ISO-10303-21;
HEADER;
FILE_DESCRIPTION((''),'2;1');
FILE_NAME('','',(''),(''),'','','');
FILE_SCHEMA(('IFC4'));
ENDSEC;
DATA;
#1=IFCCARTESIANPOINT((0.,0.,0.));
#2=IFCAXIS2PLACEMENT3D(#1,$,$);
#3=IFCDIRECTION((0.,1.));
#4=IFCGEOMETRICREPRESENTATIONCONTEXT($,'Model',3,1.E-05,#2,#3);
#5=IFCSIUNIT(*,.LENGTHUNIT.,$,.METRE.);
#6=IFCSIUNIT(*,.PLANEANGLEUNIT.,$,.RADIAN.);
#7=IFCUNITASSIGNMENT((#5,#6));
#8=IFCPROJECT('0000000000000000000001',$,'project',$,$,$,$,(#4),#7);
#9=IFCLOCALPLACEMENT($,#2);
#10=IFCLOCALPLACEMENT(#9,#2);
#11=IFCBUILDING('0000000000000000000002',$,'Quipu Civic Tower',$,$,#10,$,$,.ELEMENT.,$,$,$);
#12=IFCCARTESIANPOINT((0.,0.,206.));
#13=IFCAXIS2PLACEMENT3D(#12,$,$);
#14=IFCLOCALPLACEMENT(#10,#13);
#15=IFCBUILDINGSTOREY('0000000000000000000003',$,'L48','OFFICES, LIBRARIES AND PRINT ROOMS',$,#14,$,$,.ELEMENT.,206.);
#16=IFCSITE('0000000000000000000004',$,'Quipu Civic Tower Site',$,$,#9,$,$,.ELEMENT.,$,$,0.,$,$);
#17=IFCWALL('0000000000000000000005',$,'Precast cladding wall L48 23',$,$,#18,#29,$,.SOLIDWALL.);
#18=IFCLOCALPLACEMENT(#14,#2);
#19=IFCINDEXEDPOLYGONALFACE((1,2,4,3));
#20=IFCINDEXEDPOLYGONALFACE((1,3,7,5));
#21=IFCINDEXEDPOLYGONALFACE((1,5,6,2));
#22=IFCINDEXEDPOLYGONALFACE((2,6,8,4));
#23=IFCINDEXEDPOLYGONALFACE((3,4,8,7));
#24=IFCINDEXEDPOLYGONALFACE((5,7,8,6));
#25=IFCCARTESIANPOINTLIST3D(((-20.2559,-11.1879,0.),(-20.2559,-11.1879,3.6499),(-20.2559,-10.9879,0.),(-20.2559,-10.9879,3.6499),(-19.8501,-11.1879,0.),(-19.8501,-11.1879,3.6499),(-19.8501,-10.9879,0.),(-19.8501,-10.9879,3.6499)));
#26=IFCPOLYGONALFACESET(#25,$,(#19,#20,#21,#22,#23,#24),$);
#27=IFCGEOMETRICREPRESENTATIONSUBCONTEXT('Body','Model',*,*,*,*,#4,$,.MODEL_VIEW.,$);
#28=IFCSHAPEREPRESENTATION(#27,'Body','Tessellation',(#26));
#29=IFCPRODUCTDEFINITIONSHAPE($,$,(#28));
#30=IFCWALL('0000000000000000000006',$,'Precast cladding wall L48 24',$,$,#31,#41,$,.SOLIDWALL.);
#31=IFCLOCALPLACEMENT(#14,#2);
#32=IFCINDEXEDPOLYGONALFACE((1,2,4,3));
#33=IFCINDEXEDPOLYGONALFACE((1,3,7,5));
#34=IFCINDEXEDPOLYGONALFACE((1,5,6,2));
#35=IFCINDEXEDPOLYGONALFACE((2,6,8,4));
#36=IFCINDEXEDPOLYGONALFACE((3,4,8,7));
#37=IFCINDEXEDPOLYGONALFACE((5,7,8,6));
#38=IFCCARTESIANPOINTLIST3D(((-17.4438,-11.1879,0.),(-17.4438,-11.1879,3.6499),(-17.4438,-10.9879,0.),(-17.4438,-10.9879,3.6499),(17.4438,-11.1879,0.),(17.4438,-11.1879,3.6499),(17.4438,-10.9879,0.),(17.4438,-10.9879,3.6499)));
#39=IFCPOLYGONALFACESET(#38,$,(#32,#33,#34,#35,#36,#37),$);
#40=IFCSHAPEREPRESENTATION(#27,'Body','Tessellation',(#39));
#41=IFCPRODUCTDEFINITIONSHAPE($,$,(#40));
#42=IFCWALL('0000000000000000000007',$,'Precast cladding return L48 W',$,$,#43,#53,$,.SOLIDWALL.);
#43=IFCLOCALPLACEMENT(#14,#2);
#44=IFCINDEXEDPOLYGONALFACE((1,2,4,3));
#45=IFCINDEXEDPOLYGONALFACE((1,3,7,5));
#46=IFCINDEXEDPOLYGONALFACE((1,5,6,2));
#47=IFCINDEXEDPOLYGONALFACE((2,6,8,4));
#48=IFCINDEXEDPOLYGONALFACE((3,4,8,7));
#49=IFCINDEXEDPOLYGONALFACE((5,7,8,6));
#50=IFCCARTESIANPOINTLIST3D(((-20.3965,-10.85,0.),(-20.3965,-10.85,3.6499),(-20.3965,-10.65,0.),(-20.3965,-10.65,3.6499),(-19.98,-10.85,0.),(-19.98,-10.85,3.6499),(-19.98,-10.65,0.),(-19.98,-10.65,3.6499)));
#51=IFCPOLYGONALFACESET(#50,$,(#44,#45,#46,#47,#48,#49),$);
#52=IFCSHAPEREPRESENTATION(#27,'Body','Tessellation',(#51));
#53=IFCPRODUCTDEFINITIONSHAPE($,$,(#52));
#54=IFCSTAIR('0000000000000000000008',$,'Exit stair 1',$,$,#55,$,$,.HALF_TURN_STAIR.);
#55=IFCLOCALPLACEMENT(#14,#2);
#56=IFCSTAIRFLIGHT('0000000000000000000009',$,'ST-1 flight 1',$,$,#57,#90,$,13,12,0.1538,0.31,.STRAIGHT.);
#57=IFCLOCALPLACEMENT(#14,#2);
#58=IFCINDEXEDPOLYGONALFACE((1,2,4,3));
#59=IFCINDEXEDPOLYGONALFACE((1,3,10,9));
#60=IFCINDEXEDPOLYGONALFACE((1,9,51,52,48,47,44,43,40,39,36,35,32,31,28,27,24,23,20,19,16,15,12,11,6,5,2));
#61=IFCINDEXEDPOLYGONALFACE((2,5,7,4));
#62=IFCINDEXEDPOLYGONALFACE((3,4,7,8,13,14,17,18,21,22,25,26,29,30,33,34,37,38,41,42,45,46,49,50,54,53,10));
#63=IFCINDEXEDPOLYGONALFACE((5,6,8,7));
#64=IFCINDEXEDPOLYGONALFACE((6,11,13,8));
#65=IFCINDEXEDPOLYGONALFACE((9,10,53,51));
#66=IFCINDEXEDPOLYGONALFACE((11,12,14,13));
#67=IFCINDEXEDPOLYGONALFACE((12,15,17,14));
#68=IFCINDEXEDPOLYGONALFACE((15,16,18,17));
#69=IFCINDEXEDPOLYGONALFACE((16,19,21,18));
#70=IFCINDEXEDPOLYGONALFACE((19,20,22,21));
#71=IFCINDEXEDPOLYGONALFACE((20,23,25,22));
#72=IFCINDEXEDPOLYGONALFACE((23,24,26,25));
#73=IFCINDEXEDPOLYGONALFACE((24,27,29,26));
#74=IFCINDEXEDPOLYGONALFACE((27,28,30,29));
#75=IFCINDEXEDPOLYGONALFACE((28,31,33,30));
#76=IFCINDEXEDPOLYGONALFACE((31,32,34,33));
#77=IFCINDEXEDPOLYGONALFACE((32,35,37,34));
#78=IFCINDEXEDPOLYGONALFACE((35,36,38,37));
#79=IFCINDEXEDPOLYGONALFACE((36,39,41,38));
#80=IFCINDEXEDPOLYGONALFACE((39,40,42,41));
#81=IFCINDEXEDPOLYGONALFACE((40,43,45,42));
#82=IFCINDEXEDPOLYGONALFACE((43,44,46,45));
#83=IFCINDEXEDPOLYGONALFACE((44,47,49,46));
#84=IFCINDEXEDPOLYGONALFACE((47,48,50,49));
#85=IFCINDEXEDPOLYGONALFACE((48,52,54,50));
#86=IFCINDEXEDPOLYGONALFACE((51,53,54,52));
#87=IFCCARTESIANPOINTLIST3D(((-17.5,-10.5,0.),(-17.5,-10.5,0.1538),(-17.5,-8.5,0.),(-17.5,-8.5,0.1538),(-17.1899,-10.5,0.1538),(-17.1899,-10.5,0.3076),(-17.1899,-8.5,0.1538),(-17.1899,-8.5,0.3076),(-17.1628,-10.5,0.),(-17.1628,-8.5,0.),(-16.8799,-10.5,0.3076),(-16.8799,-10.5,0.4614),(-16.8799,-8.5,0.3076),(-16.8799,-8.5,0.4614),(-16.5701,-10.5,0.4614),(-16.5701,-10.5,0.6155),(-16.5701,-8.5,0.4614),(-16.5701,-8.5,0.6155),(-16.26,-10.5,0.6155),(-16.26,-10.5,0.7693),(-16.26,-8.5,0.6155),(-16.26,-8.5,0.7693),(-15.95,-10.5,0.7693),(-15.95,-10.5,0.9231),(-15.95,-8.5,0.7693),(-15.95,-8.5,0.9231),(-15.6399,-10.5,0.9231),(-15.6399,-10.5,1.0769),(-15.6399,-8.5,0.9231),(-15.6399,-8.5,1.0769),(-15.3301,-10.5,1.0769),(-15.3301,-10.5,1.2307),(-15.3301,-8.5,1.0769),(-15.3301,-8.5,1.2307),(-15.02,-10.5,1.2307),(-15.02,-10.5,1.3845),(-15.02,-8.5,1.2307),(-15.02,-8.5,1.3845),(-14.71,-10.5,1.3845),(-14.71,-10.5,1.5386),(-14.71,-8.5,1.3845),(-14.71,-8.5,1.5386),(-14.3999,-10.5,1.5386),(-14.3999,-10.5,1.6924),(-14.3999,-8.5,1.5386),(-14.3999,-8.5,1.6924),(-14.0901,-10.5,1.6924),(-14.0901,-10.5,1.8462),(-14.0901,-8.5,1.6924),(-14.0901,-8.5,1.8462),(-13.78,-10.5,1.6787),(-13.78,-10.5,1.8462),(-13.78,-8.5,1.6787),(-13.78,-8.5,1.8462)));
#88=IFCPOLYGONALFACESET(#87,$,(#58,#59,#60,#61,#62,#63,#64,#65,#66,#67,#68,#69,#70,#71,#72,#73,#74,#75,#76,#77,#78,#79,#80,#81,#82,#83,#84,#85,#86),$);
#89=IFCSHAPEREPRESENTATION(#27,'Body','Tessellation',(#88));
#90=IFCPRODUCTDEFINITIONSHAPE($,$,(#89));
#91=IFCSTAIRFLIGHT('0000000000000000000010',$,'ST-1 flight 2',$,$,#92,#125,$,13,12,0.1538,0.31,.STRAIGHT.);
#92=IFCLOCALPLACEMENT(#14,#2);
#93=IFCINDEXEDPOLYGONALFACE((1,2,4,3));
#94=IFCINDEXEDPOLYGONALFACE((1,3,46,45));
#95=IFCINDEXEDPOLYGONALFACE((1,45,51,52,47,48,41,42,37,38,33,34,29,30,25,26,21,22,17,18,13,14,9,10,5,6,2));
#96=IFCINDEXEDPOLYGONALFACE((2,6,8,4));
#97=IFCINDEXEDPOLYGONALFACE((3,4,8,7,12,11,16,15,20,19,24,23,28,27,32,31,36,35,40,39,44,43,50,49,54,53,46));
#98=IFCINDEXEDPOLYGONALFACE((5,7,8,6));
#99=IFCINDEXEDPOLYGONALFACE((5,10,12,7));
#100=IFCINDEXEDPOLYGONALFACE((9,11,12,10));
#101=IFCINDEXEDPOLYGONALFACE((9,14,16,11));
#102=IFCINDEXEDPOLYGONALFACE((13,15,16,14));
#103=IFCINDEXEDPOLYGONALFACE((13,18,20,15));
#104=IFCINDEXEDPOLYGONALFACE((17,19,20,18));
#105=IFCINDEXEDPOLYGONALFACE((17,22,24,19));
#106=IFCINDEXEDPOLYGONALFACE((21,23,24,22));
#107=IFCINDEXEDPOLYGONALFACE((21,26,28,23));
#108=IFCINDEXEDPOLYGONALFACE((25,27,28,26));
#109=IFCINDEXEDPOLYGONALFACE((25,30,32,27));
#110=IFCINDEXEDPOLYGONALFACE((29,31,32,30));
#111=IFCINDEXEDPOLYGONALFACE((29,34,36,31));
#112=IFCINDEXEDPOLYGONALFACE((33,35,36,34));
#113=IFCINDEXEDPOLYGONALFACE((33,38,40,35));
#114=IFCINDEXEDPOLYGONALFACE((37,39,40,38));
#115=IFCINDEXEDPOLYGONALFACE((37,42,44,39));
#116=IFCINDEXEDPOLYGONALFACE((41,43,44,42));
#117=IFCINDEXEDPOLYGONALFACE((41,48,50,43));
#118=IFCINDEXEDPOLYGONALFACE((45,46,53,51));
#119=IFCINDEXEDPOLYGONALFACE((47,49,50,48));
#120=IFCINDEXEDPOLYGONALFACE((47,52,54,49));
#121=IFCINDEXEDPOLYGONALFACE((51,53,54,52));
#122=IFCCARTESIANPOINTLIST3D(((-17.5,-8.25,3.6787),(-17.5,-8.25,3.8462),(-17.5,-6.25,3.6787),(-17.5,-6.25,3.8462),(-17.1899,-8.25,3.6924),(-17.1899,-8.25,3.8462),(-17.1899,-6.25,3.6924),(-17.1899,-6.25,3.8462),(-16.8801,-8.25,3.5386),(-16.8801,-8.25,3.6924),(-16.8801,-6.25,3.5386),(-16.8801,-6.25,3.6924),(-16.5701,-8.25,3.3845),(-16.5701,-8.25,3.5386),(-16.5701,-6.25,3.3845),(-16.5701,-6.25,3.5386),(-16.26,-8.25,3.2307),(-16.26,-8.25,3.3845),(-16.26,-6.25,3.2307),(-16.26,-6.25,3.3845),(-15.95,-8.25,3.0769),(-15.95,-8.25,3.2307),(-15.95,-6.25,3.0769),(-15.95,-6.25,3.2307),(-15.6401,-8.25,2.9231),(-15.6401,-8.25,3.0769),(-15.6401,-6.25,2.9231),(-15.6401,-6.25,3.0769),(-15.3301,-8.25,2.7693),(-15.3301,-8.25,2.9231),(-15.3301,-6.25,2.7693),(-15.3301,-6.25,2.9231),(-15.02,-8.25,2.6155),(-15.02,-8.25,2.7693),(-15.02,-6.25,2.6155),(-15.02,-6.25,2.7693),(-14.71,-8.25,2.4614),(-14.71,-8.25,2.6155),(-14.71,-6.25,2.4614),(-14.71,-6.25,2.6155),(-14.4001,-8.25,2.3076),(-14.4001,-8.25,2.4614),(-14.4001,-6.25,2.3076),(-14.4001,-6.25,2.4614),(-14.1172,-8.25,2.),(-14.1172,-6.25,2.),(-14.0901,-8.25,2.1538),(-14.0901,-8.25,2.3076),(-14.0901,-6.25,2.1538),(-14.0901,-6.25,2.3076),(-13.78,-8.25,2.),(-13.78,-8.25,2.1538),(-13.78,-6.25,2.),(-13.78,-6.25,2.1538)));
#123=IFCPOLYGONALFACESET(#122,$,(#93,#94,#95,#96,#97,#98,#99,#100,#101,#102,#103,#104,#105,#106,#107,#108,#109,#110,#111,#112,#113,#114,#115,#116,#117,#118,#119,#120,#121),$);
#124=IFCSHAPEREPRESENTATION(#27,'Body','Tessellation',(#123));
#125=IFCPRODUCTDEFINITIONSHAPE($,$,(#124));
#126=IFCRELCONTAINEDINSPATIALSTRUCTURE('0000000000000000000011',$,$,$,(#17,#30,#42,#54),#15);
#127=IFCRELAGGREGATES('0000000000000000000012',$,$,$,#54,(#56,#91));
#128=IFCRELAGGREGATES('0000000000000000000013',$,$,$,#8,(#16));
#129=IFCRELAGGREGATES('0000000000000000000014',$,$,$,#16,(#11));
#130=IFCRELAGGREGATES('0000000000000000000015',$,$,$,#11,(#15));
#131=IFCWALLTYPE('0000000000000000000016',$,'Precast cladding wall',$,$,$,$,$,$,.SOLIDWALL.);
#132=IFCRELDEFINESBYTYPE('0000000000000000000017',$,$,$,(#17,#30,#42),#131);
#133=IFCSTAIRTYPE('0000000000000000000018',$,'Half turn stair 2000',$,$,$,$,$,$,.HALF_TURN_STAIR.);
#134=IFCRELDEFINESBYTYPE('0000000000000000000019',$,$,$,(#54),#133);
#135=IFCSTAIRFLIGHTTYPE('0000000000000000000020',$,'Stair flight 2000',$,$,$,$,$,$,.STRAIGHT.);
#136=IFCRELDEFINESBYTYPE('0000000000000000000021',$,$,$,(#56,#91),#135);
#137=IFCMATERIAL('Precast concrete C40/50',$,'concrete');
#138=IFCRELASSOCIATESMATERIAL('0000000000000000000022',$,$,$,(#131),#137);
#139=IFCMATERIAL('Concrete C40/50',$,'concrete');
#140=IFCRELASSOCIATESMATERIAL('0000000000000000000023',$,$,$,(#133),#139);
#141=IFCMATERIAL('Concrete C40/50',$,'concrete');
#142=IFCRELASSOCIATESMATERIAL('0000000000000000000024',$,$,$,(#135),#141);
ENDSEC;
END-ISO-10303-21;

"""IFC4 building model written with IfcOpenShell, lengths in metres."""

from ifc_helpers import new_model, si_unit, direction, frame, frame_2d, origin, place, context, subcontext, project, spatial, polyline, rectangle, outline, extrude, material, type_object, element, aggregate, save


model = new_model("IFC4")

# Units and contexts
model_context = context("Model", 3, precision=1e-05, world=origin(), true_north=direction((0.0, 1.0)))
body_context = subcontext(model_context, "Body", "Model", "MODEL_VIEW")
ifc_project = project(units=[si_unit("LENGTHUNIT", "METRE"), si_unit("PLANEANGLEUNIT", "RADIAN")], contexts=[model_context])

# Site, building, storey
site_placement = place(None, origin())
site = spatial("IfcSite", under=ifc_project, at=site_placement, Name="Quipu Civic Tower Site", CompositionType="ELEMENT", RefElevation=0.0)
building_placement = place(site_placement, origin())
building = spatial("IfcBuilding", under=site, at=building_placement, Name="Quipu Civic Tower", CompositionType="ELEMENT")
storey_placement = place(building_placement, frame((0.0, 0.0, 206.0)))
storey = spatial("IfcBuildingStorey", under=building, at=storey_placement, Name="L48", Description="OFFICES, LIBRARIES AND PRINT ROOMS", CompositionType="ELEMENT", Elevation=206.0)

# Walls
ifc_material_1 = material(Name="Precast concrete C40/50", Category="concrete")
wall_type_1 = type_object("IfcWallType", Name="Precast cladding wall", PredefinedType="SOLIDWALL", material=ifc_material_1)
wall_1_placement = place(storey_placement, frame((-20.2559, -11.0879, 0.0), z_axis=(0.0, 0.0, 1.0), x_axis=(1.0, 0.0, 0.0)))
element("IfcWall", 1, at=wall_1_placement, inside=storey, type_object=wall_type_1, Name="Precast cladding wall L48 23", PredefinedType="SOLIDWALL", context=body_context, shape_type="SweptSolid", body=[
    extrude(rectangle(XDim=0.4058, YDim=0.2, at=frame_2d((0.2029, 0.0))), origin(), (0.0, 0.0, 1.0), 3.6499),
])
wall_2_placement = place(storey_placement, frame((-17.4438, -11.0879, 0.0), z_axis=(0.0, 0.0, 1.0), x_axis=(1.0, 0.0, 0.0)))
element("IfcWall", 2, at=wall_2_placement, inside=storey, type_object=wall_type_1, Name="Precast cladding wall L48 24", PredefinedType="SOLIDWALL", context=body_context, shape_type="SweptSolid", body=[
    extrude(rectangle(XDim=34.8877, YDim=0.2, at=frame_2d((17.4438, 0.0))), origin(), (0.0, 0.0, 1.0), 3.6499),
])
wall_3_placement = place(storey_placement, frame((-19.98, -10.75, 0.0), z_axis=(0.0, 0.0, 1.0), x_axis=(-1.0, 0.0, 0.0)))
element("IfcWall", 3, at=wall_3_placement, inside=storey, type_object=wall_type_1, Name="Precast cladding return L48 W", PredefinedType="SOLIDWALL", context=body_context, shape_type="SweptSolid", body=[
    extrude(rectangle(XDim=0.4165, YDim=0.2, at=frame_2d((0.2083, 0.0))), origin(), (0.0, 0.0, 1.0), 3.6499),
])

# Stair, stair flights
ifc_material_2 = material(Name="Concrete C40/50", Category="concrete")
stair_type = type_object("IfcStairType", Name="Half turn stair 2000", PredefinedType="HALF_TURN_STAIR", material=ifc_material_2)
stair_placement = place(storey_placement, origin())
stair = element("IfcStair", 4, at=stair_placement, inside=storey, type_object=stair_type, Name="Exit stair 1", PredefinedType="HALF_TURN_STAIR")
ifc_material_3 = material(Name="Concrete C40/50", Category="concrete")
stair_flight_type = type_object("IfcStairFlightType", Name="Stair flight 2000", PredefinedType="STRAIGHT", material=ifc_material_3)
stair_flight_1_placement = place(storey_placement, frame((-17.5, -9.5, 0.0), z_axis=(0.0, 0.0, 1.0), x_axis=(1.0, 0.0, 0.0)))
stair_flight_1 = element("IfcStairFlight", 5, at=stair_flight_1_placement, type_object=stair_flight_type, Name="ST-1 flight 1", NumberOfRisers=13, NumberOfTreads=12, PredefinedType="STRAIGHT", RiserHeight=0.1538, TreadLength=0.31, context=body_context, shape_type="SweptSolid", body=[
    extrude(outline(polyline([(0.0, 0.0), (0.0, 0.1538), (0.3101, 0.1538), (0.3101, 0.3076), (0.6201, 0.3076), (0.6201, 0.4614), (0.9299, 0.4614), (0.9299, 0.6155), (1.24, 0.6155), (1.24, 0.7693), (1.55, 0.7693), (1.55, 0.9231), (1.8601, 0.9231), (1.8601, 1.0769), (2.1699, 1.0769), (2.1699, 1.2307), (2.48, 1.2307), (2.48, 1.3845), (2.79, 1.3845), (2.79, 1.5386), (3.1001, 1.5386), (3.1001, 1.6924), (3.4099, 1.6924), (3.4099, 1.8462), (3.72, 1.8462), (3.72, 2.0), (3.72, 1.6787), (0.3372, 0.0), (0.0, 0.0)])), frame((0.0, 1.0, 0.0), z_axis=(0.0, -1.0, 0.0), x_axis=(1.0, 0.0, 0.0)), (0.0, 0.0, 1.0), 2.0),
])
stair_flight_2_placement = place(storey_placement, frame((-13.78, -7.25, 2.0), z_axis=(0.0, 0.0, 1.0), x_axis=(-1.0, 0.0, 0.0)))
stair_flight_2 = element("IfcStairFlight", 6, at=stair_flight_2_placement, type_object=stair_flight_type, Name="ST-1 flight 2", NumberOfRisers=13, NumberOfTreads=12, PredefinedType="STRAIGHT", RiserHeight=0.1538, TreadLength=0.31, context=body_context, shape_type="SweptSolid", body=[
    extrude(outline(polyline([(0.0, 0.0), (0.0, 0.1538), (0.3101, 0.1538), (0.3101, 0.3076), (0.6201, 0.3076), (0.6201, 0.4614), (0.9299, 0.4614), (0.9299, 0.6155), (1.24, 0.6155), (1.24, 0.7693), (1.55, 0.7693), (1.55, 0.9231), (1.8601, 0.9231), (1.8601, 1.0769), (2.1699, 1.0769), (2.1699, 1.2307), (2.48, 1.2307), (2.48, 1.3845), (2.79, 1.3845), (2.79, 1.5386), (3.1001, 1.5386), (3.1001, 1.6924), (3.4099, 1.6924), (3.4099, 1.8462), (3.72, 1.8462), (3.72, 2.0), (3.72, 1.6787), (0.3372, 0.0), (0.0, 0.0)])), frame((0.0, 1.0, 0.0), z_axis=(0.0, -1.0, 0.0), x_axis=(1.0, 0.0, 0.0)), (0.0, 0.0, 1.0), 2.0),
])
aggregate(stair, [stair_flight_1, stair_flight_2])

save(model, "model.ifc")
